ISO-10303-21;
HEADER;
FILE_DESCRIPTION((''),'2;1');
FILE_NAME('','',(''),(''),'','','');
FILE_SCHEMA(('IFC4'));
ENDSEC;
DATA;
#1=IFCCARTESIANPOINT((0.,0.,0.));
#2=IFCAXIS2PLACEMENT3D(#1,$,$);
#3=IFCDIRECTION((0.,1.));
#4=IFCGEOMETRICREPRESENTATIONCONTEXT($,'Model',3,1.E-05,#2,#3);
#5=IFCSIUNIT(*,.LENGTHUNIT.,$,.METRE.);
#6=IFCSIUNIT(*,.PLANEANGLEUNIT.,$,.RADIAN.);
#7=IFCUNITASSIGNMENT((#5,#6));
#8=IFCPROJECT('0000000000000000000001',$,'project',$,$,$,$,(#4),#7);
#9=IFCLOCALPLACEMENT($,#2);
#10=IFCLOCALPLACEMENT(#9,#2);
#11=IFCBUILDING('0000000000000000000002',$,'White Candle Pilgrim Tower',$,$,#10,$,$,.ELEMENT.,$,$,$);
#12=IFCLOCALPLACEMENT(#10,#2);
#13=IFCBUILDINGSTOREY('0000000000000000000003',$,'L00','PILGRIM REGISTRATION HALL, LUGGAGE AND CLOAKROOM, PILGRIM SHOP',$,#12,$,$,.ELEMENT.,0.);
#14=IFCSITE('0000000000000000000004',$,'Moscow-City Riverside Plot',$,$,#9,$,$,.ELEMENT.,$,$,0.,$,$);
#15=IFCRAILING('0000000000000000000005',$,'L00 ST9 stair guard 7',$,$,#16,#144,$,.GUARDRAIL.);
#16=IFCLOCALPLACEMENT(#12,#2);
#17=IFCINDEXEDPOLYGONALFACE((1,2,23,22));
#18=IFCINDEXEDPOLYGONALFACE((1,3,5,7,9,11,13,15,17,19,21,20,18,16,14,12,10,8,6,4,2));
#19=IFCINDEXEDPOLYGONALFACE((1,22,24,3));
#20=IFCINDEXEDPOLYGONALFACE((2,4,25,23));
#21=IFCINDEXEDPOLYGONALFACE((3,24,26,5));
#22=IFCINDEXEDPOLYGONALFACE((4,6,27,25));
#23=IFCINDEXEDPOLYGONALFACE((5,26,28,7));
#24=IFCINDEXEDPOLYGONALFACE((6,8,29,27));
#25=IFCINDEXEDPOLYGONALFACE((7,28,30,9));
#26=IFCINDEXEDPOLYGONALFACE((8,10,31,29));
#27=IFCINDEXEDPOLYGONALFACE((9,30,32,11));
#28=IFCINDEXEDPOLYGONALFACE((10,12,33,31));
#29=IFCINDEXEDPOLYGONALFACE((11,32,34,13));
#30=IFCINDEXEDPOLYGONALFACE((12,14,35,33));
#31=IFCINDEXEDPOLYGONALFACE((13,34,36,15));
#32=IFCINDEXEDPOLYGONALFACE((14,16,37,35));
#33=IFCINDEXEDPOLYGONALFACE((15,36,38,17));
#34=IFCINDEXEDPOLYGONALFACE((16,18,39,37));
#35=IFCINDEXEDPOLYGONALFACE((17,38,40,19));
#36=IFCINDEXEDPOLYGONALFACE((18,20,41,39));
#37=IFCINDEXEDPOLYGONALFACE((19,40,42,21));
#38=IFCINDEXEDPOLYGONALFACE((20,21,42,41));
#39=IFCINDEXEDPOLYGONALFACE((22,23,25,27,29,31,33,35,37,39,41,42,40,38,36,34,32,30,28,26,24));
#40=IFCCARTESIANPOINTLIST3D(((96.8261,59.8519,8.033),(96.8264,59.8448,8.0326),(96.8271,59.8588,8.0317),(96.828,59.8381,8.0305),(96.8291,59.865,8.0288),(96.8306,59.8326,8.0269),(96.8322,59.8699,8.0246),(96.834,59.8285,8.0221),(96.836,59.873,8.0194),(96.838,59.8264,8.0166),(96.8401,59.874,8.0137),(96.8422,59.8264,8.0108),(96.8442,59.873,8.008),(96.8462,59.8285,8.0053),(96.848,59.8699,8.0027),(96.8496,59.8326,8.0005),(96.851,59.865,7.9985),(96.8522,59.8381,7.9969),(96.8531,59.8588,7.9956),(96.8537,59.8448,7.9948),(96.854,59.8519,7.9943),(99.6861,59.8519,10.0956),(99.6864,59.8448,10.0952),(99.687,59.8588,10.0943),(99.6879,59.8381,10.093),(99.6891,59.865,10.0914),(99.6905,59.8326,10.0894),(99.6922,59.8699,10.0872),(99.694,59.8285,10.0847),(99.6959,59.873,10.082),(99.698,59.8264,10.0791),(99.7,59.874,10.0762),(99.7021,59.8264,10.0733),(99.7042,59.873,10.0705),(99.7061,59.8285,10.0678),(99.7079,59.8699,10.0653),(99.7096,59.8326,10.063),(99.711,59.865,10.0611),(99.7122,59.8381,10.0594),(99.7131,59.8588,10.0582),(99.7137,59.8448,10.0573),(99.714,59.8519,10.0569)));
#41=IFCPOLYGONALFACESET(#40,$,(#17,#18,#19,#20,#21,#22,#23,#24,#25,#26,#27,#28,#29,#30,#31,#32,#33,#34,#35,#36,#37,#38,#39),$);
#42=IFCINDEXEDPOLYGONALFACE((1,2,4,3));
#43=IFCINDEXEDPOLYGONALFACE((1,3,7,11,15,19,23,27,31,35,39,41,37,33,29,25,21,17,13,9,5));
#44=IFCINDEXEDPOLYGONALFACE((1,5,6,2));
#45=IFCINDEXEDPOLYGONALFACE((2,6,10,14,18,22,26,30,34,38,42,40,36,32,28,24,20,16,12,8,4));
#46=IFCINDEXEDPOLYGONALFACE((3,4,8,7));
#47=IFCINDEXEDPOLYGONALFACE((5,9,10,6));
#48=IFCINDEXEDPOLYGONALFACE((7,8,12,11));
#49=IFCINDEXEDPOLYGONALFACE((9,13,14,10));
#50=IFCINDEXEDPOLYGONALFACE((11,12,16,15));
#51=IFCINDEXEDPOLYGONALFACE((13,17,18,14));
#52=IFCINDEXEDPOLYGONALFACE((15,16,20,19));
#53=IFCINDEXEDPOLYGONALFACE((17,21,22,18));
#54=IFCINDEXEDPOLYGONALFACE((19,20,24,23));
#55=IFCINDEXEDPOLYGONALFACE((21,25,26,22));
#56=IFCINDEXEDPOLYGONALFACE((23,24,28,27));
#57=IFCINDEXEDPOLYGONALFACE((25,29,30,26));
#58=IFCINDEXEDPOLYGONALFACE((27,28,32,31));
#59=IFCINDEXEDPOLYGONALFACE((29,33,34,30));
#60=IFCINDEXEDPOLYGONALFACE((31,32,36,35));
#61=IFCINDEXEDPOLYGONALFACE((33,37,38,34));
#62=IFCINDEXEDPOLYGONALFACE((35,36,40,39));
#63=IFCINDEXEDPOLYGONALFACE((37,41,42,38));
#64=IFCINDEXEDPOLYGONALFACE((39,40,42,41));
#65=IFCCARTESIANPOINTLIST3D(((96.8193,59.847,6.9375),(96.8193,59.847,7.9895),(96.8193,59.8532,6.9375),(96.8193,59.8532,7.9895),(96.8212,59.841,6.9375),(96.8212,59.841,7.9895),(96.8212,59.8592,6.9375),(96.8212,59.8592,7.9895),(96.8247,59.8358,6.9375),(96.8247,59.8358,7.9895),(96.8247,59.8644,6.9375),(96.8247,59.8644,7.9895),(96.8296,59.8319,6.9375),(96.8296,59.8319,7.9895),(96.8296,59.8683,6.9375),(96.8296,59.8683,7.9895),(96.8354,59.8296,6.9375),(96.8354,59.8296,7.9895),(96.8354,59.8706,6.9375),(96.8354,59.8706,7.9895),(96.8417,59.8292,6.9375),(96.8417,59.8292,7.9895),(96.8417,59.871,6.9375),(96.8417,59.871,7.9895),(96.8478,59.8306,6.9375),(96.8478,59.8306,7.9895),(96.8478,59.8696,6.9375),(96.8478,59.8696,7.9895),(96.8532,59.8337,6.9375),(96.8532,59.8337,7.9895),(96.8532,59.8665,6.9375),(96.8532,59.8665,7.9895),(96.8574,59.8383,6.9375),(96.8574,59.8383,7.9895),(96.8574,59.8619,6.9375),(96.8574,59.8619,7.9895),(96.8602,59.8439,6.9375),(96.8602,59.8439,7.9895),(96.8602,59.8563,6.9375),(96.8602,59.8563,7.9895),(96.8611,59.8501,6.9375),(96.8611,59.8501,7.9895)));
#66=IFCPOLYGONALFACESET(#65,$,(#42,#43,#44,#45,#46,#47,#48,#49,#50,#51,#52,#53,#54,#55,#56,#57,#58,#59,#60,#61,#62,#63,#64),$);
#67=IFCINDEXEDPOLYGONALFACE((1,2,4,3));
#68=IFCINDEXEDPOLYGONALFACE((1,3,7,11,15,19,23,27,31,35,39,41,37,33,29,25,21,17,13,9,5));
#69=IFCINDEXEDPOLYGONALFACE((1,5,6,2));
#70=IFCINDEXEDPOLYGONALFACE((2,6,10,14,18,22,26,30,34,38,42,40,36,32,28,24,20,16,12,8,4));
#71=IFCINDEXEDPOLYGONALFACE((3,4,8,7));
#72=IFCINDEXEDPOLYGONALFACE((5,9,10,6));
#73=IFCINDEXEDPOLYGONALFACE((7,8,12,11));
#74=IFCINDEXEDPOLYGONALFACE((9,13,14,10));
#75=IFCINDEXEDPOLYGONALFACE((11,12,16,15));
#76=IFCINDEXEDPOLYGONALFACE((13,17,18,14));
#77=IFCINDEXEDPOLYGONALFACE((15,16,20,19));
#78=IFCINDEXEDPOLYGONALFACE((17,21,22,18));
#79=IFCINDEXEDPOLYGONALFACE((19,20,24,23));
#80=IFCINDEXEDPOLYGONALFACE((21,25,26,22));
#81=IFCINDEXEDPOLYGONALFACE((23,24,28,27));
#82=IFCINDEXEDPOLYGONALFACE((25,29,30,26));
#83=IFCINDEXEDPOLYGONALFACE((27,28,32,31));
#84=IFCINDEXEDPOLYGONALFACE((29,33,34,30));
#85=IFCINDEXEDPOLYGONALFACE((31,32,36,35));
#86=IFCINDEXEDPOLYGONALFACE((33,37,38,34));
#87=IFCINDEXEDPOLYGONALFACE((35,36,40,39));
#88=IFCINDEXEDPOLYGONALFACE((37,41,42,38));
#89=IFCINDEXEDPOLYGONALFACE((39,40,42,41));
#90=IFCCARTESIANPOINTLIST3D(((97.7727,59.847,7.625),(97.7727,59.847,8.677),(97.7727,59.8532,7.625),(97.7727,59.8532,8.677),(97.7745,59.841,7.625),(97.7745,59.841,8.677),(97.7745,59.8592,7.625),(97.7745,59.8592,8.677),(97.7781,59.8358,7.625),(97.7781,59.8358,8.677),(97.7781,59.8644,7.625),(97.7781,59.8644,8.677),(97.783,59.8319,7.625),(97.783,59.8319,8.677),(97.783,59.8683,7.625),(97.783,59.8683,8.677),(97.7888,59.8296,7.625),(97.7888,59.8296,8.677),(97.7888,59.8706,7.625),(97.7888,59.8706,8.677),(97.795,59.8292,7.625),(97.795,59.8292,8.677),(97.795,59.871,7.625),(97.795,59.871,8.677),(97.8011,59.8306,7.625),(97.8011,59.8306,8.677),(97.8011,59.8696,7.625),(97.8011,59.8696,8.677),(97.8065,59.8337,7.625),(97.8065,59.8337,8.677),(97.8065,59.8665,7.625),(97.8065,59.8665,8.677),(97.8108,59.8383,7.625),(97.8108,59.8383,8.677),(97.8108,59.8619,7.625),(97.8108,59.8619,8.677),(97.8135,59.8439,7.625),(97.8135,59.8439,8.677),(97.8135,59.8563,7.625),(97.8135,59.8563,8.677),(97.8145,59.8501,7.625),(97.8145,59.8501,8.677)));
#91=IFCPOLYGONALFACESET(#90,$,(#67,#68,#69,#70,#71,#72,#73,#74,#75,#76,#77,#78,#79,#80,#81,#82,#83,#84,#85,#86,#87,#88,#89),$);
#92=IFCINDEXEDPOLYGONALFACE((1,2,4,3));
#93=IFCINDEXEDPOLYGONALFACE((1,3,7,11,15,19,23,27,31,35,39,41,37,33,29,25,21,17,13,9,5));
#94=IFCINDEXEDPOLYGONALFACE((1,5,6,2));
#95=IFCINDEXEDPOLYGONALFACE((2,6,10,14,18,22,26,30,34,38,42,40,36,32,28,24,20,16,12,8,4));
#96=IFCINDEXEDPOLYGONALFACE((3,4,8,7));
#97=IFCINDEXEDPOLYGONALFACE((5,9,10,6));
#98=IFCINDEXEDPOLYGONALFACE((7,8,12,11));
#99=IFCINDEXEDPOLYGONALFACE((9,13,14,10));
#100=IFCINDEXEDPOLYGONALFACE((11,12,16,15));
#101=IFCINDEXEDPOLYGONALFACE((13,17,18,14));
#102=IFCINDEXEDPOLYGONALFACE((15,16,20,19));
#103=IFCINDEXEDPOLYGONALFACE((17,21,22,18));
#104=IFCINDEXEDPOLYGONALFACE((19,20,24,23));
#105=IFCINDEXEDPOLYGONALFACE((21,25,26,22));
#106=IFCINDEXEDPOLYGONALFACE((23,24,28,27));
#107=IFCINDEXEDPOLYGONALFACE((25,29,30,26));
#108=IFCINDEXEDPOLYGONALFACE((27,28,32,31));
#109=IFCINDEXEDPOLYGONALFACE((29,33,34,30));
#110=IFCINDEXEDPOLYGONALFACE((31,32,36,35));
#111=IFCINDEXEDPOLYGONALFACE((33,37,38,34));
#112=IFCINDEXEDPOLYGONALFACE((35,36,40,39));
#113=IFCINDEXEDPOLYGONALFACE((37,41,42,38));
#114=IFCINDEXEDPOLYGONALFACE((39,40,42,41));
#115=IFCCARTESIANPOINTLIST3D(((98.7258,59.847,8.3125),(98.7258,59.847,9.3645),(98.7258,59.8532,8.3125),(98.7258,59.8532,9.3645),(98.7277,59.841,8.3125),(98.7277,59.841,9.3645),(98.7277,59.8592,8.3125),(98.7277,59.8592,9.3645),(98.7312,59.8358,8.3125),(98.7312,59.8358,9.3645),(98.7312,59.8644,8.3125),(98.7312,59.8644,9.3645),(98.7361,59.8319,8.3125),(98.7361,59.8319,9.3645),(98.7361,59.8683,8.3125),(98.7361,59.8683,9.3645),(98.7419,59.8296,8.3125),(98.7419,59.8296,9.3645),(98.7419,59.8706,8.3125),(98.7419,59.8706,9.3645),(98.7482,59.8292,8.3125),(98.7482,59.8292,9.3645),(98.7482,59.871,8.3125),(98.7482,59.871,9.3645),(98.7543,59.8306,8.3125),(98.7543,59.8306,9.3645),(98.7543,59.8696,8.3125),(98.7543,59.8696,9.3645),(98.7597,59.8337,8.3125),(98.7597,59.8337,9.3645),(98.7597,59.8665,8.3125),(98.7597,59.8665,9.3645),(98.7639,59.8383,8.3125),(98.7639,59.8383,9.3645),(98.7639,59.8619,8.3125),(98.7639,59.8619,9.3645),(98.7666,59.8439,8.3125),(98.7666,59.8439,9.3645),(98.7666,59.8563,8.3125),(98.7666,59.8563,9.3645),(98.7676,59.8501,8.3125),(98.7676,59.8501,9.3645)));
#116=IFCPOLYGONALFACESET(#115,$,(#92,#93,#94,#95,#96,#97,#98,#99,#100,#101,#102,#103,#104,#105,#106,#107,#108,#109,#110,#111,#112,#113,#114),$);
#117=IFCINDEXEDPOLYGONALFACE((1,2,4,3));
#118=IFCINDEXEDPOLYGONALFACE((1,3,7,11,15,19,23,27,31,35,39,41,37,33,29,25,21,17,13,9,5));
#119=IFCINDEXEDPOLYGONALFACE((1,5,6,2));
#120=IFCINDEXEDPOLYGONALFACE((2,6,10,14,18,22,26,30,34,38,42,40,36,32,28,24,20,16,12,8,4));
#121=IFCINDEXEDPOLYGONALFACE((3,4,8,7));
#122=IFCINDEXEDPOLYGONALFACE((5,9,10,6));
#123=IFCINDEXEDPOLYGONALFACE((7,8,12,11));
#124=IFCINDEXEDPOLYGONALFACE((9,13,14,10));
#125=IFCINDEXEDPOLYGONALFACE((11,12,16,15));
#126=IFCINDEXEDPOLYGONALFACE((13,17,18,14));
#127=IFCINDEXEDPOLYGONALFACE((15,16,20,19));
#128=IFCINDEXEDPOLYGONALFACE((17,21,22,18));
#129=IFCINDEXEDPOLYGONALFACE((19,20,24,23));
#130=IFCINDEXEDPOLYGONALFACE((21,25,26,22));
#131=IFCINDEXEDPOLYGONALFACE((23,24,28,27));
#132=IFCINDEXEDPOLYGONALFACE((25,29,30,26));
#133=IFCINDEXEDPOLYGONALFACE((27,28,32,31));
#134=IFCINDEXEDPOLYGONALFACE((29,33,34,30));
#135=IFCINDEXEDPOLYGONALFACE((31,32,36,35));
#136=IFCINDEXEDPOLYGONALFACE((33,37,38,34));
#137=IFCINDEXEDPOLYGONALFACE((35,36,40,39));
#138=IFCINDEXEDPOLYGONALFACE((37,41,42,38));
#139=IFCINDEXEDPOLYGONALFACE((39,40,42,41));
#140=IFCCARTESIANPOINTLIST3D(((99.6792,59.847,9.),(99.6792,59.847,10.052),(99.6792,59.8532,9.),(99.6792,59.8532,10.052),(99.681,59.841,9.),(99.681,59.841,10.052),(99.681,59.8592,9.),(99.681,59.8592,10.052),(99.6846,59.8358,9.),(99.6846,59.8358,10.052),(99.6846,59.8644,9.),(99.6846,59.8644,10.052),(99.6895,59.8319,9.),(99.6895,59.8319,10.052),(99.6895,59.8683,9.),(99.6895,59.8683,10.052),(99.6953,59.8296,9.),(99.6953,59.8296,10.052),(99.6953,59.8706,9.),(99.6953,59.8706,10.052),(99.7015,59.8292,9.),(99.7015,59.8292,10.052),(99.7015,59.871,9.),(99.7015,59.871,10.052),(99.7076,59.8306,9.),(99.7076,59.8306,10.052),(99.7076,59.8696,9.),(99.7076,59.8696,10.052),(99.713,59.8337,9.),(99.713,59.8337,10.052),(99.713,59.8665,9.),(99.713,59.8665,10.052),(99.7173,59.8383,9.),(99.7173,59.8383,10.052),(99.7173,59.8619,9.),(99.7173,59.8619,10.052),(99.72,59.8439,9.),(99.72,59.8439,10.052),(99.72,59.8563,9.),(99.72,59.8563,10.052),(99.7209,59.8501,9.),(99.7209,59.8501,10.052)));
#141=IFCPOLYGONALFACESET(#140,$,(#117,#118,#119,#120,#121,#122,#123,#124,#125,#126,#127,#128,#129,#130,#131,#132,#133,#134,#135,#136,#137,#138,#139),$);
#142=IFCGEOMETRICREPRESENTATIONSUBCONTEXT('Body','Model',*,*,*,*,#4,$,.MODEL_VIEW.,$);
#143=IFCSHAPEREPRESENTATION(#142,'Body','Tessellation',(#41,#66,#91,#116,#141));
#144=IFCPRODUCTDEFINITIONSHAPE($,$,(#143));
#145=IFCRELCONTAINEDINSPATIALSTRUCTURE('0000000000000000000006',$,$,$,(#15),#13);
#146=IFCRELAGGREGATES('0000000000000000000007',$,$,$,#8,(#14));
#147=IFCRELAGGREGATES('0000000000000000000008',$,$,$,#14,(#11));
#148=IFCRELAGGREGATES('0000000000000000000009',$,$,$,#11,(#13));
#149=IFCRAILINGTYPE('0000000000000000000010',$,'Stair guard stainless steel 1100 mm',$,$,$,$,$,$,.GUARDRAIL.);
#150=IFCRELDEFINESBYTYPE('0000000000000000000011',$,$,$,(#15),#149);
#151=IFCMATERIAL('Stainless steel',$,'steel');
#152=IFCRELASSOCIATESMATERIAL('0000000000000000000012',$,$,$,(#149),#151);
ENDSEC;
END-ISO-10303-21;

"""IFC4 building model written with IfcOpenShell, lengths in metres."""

from ifc_helpers import new_model, si_unit, direction, frame, origin, origin_2d, place, context, subcontext, project, spatial, circle, extrude, material, type_object, element, save


model = new_model("IFC4")

# Units and contexts
model_context = context("Model", 3, precision=1e-05, world=origin(), true_north=direction((0.0, 1.0)))
body_context = subcontext(model_context, "Body", "Model", "MODEL_VIEW")
ifc_project = project(units=[si_unit("LENGTHUNIT", "METRE"), si_unit("PLANEANGLEUNIT", "RADIAN")], contexts=[model_context])

# Site, building, storey
site_placement = place(None, origin())
site = spatial("IfcSite", under=ifc_project, at=site_placement, Name="Moscow-City Riverside Plot", CompositionType="ELEMENT", RefElevation=0.0)
building_placement = place(site_placement, origin())
building = spatial("IfcBuilding", under=site, at=building_placement, Name="White Candle Pilgrim Tower", CompositionType="ELEMENT")
storey_placement = place(building_placement, origin())
storey = spatial("IfcBuildingStorey", under=building, at=storey_placement, Name="L00", Description="PILGRIM REGISTRATION HALL, LUGGAGE AND CLOAKROOM, PILGRIM SHOP", CompositionType="ELEMENT", Elevation=0.0)

# Railing
ifc_material_1 = material(Name="Stainless steel", Category="steel")
railing_type_1 = type_object("IfcRailingType", Name="Stair guard stainless steel 1100 mm", PredefinedType="GUARDRAIL", material=ifc_material_1)
railing_1_placement = place(storey_placement, frame((96.8401, 59.8501, 6.9375)))
element("IfcRailing", 1, at=railing_1_placement, inside=storey, type_object=railing_type_1, Name="L00 ST9 stair guard 7", PredefinedType="GUARDRAIL", context=body_context, shape_type="SweptSolid", body=[
    extrude(circle(Radius=0.0239, at=origin_2d()), frame((0.0, 0.0, 1.0762), z_axis=(0.811077, 0.0, 0.584939), x_axis=(0.0, 1.0, 0.0)), (0.0, 0.0, 1.0), 3.5261),
    extrude(circle(Radius=0.021, at=origin_2d()), origin(), (0.0, 0.0, 1.0), 1.052),
    extrude(circle(Radius=0.021, at=origin_2d()), frame((0.9534, 0.0, 0.6875)), (0.0, 0.0, 1.0), 1.052),
    extrude(circle(Radius=0.021, at=origin_2d()), frame((1.9065, 0.0, 1.375)), (0.0, 0.0, 1.0), 1.052),
    extrude(circle(Radius=0.021, at=origin_2d()), frame((2.8599, 0.0, 2.0625)), (0.0, 0.0, 1.0), 1.052),
])

save(model, "model.ifc")
